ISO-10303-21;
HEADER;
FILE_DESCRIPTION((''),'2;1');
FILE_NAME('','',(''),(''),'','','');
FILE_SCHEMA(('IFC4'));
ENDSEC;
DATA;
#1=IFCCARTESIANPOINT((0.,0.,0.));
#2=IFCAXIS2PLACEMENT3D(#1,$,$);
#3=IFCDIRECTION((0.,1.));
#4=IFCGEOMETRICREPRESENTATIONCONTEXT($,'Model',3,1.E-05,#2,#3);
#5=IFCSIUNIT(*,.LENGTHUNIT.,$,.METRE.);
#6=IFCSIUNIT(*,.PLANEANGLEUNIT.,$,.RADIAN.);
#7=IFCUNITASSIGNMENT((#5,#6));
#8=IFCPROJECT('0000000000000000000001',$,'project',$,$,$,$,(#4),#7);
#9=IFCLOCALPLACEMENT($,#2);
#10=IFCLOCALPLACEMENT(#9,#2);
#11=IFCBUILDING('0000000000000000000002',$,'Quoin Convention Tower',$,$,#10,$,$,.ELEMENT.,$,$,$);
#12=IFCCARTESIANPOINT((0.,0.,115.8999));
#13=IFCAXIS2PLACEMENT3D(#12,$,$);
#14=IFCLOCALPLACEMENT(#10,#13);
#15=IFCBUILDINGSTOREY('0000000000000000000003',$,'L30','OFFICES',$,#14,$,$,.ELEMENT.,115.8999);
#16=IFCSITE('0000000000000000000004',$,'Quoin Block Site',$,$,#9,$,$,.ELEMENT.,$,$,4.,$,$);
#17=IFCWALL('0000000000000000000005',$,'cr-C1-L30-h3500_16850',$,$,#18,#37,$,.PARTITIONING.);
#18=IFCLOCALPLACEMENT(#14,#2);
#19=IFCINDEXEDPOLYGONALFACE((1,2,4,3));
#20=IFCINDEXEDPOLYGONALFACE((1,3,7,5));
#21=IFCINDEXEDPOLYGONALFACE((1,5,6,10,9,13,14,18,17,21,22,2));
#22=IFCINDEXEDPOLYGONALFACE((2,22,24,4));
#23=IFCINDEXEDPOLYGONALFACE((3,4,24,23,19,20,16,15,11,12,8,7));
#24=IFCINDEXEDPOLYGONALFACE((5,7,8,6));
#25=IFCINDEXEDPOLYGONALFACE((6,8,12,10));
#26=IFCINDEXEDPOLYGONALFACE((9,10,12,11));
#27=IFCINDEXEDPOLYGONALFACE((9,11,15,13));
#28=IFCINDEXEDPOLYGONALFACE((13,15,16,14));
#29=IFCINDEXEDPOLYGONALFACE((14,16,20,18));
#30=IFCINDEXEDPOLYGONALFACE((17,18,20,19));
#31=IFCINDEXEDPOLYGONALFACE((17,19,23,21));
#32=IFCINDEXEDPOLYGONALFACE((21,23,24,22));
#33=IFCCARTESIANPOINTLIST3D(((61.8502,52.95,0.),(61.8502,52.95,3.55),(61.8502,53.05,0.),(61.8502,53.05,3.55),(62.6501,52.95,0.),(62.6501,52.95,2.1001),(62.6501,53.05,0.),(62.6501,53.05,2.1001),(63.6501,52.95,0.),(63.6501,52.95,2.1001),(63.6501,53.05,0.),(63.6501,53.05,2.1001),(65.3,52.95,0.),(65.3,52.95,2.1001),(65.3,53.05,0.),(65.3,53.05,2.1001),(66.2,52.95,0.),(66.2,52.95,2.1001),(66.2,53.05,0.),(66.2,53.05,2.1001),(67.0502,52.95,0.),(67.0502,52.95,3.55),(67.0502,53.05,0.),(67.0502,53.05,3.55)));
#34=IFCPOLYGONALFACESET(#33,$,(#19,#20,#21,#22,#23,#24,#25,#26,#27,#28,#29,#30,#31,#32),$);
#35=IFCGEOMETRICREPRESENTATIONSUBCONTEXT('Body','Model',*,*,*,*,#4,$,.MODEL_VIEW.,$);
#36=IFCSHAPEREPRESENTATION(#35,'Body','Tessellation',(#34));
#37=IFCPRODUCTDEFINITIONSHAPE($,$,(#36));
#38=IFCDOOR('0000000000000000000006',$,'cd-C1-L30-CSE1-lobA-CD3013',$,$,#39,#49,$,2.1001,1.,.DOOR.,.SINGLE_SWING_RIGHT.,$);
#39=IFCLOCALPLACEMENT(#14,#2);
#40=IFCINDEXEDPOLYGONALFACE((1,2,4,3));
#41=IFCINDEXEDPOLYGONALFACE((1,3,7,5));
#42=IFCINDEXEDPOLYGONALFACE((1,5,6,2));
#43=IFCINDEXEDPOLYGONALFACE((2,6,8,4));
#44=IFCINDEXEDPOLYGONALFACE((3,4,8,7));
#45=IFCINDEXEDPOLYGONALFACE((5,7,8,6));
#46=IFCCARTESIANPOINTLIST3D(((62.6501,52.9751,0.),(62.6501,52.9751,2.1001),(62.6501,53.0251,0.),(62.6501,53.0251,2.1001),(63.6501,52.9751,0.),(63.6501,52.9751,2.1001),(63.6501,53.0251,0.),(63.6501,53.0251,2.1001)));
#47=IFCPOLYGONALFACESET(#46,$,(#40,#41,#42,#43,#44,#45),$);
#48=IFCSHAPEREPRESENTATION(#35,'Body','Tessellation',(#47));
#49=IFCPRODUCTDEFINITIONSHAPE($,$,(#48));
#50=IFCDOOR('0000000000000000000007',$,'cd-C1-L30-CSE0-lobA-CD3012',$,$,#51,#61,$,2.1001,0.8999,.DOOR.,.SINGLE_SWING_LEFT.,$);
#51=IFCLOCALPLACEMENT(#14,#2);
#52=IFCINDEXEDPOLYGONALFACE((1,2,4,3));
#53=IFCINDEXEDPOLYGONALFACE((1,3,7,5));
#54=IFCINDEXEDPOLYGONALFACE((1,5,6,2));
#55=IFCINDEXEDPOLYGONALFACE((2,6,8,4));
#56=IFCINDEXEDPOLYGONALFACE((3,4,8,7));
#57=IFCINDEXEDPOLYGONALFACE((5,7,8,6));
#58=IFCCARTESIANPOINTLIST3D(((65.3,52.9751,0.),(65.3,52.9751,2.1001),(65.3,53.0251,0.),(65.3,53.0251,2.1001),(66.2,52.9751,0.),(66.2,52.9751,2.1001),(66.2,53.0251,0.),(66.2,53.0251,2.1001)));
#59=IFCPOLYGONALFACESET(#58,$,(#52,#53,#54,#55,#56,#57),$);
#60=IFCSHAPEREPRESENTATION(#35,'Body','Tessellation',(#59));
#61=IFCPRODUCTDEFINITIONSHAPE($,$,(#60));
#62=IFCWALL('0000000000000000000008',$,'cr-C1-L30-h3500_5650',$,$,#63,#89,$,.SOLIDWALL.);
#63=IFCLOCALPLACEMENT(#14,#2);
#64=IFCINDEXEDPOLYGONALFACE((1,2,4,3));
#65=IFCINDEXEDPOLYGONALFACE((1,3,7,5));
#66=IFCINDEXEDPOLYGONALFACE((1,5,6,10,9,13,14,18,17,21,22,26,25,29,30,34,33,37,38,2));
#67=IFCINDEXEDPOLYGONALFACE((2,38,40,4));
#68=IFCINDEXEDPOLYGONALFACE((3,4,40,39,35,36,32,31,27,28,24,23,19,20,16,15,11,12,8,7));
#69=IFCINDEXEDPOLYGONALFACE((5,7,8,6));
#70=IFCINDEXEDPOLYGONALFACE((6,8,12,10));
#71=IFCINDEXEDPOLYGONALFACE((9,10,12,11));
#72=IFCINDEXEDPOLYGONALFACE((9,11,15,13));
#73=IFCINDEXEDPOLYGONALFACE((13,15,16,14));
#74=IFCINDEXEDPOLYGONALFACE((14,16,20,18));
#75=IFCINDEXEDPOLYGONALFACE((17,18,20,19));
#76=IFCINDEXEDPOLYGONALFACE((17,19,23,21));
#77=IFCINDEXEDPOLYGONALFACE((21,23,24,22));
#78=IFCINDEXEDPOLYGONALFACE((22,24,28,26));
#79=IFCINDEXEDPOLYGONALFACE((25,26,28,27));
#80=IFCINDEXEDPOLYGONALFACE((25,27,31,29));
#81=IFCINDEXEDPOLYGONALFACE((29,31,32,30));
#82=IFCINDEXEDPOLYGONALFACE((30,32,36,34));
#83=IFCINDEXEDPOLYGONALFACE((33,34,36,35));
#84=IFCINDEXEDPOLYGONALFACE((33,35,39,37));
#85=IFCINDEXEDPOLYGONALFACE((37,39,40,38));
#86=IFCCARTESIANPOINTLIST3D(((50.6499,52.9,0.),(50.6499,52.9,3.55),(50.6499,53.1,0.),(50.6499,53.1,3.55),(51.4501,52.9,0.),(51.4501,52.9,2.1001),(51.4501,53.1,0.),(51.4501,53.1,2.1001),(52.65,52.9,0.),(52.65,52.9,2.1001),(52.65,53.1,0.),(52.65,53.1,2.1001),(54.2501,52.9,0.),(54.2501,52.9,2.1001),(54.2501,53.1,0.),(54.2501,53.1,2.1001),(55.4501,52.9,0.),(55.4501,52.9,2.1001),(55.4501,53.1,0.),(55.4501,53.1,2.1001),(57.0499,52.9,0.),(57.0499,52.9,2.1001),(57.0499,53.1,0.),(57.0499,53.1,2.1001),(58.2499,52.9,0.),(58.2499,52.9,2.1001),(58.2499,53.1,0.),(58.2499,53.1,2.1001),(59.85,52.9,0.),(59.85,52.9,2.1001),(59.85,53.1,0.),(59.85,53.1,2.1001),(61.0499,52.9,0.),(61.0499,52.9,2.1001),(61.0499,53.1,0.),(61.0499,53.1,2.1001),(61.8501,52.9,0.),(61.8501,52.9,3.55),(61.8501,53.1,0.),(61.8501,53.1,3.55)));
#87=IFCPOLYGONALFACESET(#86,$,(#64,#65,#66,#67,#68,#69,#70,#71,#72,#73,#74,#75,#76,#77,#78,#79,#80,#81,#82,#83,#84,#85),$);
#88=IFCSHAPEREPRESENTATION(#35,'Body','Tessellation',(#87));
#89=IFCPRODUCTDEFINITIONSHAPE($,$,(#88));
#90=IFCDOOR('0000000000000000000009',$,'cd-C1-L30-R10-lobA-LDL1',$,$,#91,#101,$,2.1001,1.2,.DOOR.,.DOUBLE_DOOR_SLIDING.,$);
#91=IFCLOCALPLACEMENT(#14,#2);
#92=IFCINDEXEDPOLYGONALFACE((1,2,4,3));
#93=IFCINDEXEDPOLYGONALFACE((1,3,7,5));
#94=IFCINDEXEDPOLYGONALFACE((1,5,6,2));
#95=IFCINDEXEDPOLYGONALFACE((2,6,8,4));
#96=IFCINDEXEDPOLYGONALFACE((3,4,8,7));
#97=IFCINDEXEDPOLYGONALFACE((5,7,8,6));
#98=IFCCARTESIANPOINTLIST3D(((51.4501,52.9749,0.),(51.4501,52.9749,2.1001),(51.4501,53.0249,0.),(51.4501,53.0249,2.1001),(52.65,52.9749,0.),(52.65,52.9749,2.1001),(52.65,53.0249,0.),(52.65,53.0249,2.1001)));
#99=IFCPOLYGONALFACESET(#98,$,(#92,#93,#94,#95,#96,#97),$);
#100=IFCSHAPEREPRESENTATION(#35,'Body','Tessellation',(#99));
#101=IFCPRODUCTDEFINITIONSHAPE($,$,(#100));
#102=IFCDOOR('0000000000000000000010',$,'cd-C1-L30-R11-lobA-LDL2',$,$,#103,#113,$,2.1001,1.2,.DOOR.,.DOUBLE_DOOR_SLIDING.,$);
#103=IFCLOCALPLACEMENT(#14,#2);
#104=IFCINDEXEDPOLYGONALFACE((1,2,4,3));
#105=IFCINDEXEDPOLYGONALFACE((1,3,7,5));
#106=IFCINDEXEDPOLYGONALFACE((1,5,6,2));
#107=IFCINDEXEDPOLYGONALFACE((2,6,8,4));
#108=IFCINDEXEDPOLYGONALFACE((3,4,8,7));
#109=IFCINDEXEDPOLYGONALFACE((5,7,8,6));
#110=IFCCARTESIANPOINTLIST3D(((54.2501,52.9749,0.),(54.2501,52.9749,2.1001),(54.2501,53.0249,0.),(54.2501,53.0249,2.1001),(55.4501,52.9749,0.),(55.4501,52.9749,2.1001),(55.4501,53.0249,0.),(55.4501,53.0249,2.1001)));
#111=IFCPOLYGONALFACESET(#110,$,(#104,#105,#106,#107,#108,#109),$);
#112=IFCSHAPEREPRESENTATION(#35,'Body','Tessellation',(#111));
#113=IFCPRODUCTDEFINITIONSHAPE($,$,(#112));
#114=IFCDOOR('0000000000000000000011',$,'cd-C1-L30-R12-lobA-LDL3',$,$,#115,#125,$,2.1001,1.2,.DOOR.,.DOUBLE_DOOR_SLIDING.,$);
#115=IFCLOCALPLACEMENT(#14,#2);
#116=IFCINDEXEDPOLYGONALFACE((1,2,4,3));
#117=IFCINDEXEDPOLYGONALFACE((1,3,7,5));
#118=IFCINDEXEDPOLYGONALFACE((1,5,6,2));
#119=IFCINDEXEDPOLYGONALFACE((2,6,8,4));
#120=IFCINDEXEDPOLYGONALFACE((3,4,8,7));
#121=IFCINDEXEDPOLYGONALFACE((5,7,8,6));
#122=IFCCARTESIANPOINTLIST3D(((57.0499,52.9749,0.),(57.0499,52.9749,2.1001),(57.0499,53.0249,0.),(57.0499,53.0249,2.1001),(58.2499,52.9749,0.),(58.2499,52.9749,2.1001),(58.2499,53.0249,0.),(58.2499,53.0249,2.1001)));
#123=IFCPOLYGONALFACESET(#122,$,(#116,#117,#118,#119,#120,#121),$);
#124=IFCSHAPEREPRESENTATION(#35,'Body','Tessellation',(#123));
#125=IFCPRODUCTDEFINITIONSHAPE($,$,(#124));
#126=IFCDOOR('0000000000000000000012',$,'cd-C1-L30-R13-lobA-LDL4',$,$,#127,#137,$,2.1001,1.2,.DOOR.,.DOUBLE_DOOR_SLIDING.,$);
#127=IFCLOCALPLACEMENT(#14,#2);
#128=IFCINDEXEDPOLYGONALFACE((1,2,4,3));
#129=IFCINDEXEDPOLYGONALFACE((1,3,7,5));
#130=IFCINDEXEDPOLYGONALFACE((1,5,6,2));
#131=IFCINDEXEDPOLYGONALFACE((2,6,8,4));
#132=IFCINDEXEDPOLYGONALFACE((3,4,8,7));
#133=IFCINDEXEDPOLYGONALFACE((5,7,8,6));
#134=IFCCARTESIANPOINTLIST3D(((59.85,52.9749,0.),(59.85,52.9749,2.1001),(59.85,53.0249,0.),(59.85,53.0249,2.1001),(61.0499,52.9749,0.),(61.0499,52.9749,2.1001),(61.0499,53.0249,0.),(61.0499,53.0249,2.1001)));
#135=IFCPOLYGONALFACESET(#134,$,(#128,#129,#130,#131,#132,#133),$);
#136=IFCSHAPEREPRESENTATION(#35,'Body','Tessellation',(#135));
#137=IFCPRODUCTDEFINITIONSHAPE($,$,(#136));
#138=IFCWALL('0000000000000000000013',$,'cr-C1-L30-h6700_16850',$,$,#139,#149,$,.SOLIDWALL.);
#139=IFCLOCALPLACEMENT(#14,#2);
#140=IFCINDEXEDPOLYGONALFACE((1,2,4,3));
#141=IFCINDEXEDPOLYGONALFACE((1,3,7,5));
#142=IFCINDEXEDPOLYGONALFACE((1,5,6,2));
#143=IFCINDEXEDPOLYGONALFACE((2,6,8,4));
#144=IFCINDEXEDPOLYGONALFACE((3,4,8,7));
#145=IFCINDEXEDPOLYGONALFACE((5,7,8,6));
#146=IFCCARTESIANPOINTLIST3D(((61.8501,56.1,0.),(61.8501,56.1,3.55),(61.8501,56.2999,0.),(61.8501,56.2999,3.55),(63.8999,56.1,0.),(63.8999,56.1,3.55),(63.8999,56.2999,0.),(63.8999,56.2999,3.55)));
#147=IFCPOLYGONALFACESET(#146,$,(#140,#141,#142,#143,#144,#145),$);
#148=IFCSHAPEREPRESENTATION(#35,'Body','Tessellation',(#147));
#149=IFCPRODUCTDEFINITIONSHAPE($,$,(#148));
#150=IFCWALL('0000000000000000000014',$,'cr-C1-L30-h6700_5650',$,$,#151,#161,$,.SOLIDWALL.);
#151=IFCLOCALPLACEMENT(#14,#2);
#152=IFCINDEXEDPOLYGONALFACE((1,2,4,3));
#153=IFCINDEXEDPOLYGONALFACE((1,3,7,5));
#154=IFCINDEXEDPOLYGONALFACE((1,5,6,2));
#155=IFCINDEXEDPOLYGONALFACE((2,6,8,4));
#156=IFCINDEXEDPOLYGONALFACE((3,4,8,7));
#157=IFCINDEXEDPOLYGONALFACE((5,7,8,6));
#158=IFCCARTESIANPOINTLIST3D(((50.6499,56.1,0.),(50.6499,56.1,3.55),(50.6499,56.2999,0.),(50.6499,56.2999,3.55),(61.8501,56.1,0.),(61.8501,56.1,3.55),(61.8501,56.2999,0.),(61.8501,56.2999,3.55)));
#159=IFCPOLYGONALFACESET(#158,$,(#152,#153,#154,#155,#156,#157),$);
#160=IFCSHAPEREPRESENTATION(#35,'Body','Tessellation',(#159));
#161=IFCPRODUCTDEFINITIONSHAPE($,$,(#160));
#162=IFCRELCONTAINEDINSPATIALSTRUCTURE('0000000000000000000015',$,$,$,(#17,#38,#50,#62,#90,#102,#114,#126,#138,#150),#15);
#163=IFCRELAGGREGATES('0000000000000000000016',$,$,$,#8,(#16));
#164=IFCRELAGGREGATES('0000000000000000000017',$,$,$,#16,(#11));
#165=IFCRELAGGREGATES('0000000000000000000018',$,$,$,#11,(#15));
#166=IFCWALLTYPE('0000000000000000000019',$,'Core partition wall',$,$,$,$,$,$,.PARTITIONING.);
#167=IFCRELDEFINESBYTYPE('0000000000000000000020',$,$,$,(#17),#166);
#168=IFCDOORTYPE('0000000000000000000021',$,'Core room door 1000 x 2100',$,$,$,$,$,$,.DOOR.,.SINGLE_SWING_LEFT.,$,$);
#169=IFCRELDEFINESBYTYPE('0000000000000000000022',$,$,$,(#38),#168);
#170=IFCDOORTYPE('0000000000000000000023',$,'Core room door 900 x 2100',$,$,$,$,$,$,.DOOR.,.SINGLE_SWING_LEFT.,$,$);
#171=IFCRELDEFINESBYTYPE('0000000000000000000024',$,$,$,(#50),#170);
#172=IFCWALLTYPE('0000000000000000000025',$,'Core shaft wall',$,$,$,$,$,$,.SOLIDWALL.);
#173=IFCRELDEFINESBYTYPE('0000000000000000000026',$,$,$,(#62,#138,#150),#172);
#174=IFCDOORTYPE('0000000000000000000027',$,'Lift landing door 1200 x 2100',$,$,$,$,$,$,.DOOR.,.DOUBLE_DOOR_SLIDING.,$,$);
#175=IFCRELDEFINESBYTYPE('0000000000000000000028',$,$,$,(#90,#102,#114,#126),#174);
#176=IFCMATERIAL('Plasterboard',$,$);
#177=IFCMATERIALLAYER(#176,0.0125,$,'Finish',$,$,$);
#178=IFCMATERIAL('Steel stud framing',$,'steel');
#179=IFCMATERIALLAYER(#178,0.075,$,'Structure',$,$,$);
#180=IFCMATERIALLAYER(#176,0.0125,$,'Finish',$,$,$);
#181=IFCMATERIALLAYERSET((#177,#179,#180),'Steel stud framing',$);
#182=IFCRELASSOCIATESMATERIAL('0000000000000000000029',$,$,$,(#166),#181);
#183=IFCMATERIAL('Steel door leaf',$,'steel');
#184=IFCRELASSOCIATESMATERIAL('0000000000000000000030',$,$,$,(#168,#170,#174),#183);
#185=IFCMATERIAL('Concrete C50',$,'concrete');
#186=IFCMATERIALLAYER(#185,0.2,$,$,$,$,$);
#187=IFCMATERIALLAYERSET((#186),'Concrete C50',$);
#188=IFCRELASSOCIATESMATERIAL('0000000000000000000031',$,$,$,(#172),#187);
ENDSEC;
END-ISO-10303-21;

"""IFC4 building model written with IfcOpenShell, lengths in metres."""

from ifc_helpers import new_model, si_unit, direction, frame, frame_2d, origin, place, context, subcontext, project, spatial, rectangle, extrude, material, layer, layer_set, type_object, element, fill, save


model = new_model("IFC4")

# Units and contexts
model_context = context("Model", 3, precision=1e-05, world=origin(), true_north=direction((0.0, 1.0)))
body_context = subcontext(model_context, "Body", "Model", "MODEL_VIEW")
ifc_project = project(units=[si_unit("LENGTHUNIT", "METRE"), si_unit("PLANEANGLEUNIT", "RADIAN")], contexts=[model_context])

# Site, building, storey
site_placement = place(None, origin())
site = spatial("IfcSite", under=ifc_project, at=site_placement, Name="Quoin Block Site", CompositionType="ELEMENT", RefElevation=4.0)
building_placement = place(site_placement, origin())
building = spatial("IfcBuilding", under=site, at=building_placement, Name="Quoin Convention Tower", CompositionType="ELEMENT")
storey_placement = place(building_placement, frame((0.0, 0.0, 115.8999)))
storey = spatial("IfcBuildingStorey", under=building, at=storey_placement, Name="L30", Description="OFFICES", CompositionType="ELEMENT", Elevation=115.8999)

# Walls, openings, doors
ifc_material_1 = material(Name="Plasterboard")
ifc_layer_1 = layer(ifc_material_1, 0.0125, Name="Finish")
ifc_material_2 = material(Name="Steel stud framing", Category="steel")
ifc_layer_2 = layer(ifc_material_2, 0.075, Name="Structure")
ifc_layer_3 = layer(ifc_material_1, 0.0125, Name="Finish")
ifc_layer_set_1 = layer_set([ifc_layer_1, ifc_layer_2, ifc_layer_3], Name="Steel stud framing")
wall_type_1 = type_object("IfcWallType", Name="Core partition wall", PredefinedType="PARTITIONING", material=ifc_layer_set_1)
wall_1_placement = place(storey_placement, frame((61.8501, 53.0, 0.0), z_axis=(0.0, 0.0, 1.0), x_axis=(1.0, 0.0, 0.0)))
wall_1 = element("IfcWall", 1, at=wall_1_placement, inside=storey, type_object=wall_type_1, Name="cr-C1-L30-h3500_16850", PredefinedType="PARTITIONING", context=body_context, shape_type="SweptSolid", body=[
    extrude(rectangle(XDim=5.2, YDim=0.1001, at=frame_2d((2.6001, 0.0))), origin(), (0.0, 0.0, 1.0), 3.55),
])
opening_1_placement = place(wall_1_placement, frame((3.45, 0.0, 0.0)))
opening_1 = element("IfcOpeningElement", 2, at=opening_1_placement, cuts=wall_1, PredefinedType="OPENING", context=body_context, shape_type="SweptSolid", body=[
    extrude(rectangle(XDim=0.8999, YDim=2.1001, at=frame_2d((0.45, 1.05))), frame((0.0, 0.0601, 0.0), z_axis=(0.0, -1.0, 0.0), x_axis=(1.0, 0.0, 0.0)), (0.0, 0.0, 1.0), 0.1201),
])
opening_2_placement = place(wall_1_placement, frame((0.8, 0.0, 0.0)))
opening_2 = element("IfcOpeningElement", 3, at=opening_2_placement, cuts=wall_1, PredefinedType="OPENING", context=body_context, shape_type="SweptSolid", body=[
    extrude(rectangle(XDim=1.0, YDim=2.1001, at=frame_2d((0.5, 1.05))), frame((0.0, 0.0601, 0.0), z_axis=(0.0, -1.0, 0.0), x_axis=(1.0, 0.0, 0.0)), (0.0, 0.0, 1.0), 0.1201),
])
ifc_material_3 = material(Name="Steel door leaf", Category="steel")
door_type_1 = type_object("IfcDoorType", Name="Core room door 1000 x 2100", OperationType="SINGLE_SWING_LEFT", PredefinedType="DOOR", material=ifc_material_3)
door_1_placement = place(opening_2_placement, frame((1.0, 0.0, 0.0), z_axis=(0.0, 0.0, 1.0), x_axis=(-1.0, 0.0, 0.0)))
door_1 = element("IfcDoor", 4, at=door_1_placement, inside=storey, type_object=door_type_1, Name="cd-C1-L30-CSE1-lobA-CD3013", OperationType="SINGLE_SWING_RIGHT", OverallHeight=2.1001, OverallWidth=1.0, PredefinedType="DOOR", context=body_context, shape_type="SweptSolid", body=[
    extrude(rectangle(XDim=1.0, YDim=2.1001, at=frame_2d((0.5, 1.05))), frame((0.0, 0.0249, 0.0), z_axis=(0.0, -1.0, 0.0), x_axis=(1.0, 0.0, 0.0)), (0.0, 0.0, 1.0), 0.05),
])
fill(opening_2, door_1)
door_type_2 = type_object("IfcDoorType", Name="Core room door 900 x 2100", OperationType="SINGLE_SWING_LEFT", PredefinedType="DOOR", material=ifc_material_3)
door_2_placement = place(opening_1_placement, frame((0.8999, 0.0, 0.0), z_axis=(0.0, 0.0, 1.0), x_axis=(-1.0, 0.0, 0.0)))
door_2 = element("IfcDoor", 5, at=door_2_placement, inside=storey, type_object=door_type_2, Name="cd-C1-L30-CSE0-lobA-CD3012", OperationType="SINGLE_SWING_LEFT", OverallHeight=2.1001, OverallWidth=0.8999, PredefinedType="DOOR", context=body_context, shape_type="SweptSolid", body=[
    extrude(rectangle(XDim=0.8999, YDim=2.1001, at=frame_2d((0.45, 1.05))), frame((0.0, 0.0249, 0.0), z_axis=(0.0, -1.0, 0.0), x_axis=(1.0, 0.0, 0.0)), (0.0, 0.0, 1.0), 0.05),
])
fill(opening_1, door_2)
ifc_material_4 = material(Name="Concrete C50", Category="concrete")
ifc_layer_4 = layer(ifc_material_4, 0.2)
ifc_layer_set_2 = layer_set([ifc_layer_4], Name="Concrete C50")
wall_type_2 = type_object("IfcWallType", Name="Core shaft wall", PredefinedType="SOLIDWALL", material=ifc_layer_set_2)
wall_2_placement = place(storey_placement, frame((50.6499, 53.0, 0.0), z_axis=(0.0, 0.0, 1.0), x_axis=(1.0, 0.0, 0.0)))
wall_2 = element("IfcWall", 6, at=wall_2_placement, inside=storey, type_object=wall_type_2, Name="cr-C1-L30-h3500_5650", PredefinedType="SOLIDWALL", context=body_context, shape_type="SweptSolid", body=[
    extrude(rectangle(XDim=11.2002, YDim=0.2, at=frame_2d((5.6001, 0.0))), origin(), (0.0, 0.0, 1.0), 3.55),
])
opening_3_placement = place(wall_2_placement, frame((0.8, 0.0, 0.0)))
opening_3 = element("IfcOpeningElement", 7, at=opening_3_placement, cuts=wall_2, PredefinedType="OPENING", context=body_context, shape_type="SweptSolid", body=[
    extrude(rectangle(XDim=1.2, YDim=2.1001, at=frame_2d((0.6001, 1.05))), frame((0.0, 0.1099, 0.0), z_axis=(0.0, -1.0, 0.0), x_axis=(1.0, 0.0, 0.0)), (0.0, 0.0, 1.0), 0.22),
])
opening_4_placement = place(wall_2_placement, frame((3.6001, 0.0, 0.0)))
opening_4 = element("IfcOpeningElement", 8, at=opening_4_placement, cuts=wall_2, PredefinedType="OPENING", context=body_context, shape_type="SweptSolid", body=[
    extrude(rectangle(XDim=1.2, YDim=2.1001, at=frame_2d((0.6001, 1.05))), frame((0.0, 0.1099, 0.0), z_axis=(0.0, -1.0, 0.0), x_axis=(1.0, 0.0, 0.0)), (0.0, 0.0, 1.0), 0.22),
])
opening_5_placement = place(wall_2_placement, frame((6.3999, 0.0, 0.0)))
opening_5 = element("IfcOpeningElement", 9, at=opening_5_placement, cuts=wall_2, PredefinedType="OPENING", context=body_context, shape_type="SweptSolid", body=[
    extrude(rectangle(XDim=1.2, YDim=2.1001, at=frame_2d((0.6001, 1.05))), frame((0.0, 0.1099, 0.0), z_axis=(0.0, -1.0, 0.0), x_axis=(1.0, 0.0, 0.0)), (0.0, 0.0, 1.0), 0.22),
])
opening_6_placement = place(wall_2_placement, frame((9.2, 0.0, 0.0)))
opening_6 = element("IfcOpeningElement", 10, at=opening_6_placement, cuts=wall_2, PredefinedType="OPENING", context=body_context, shape_type="SweptSolid", body=[
    extrude(rectangle(XDim=1.2, YDim=2.1001, at=frame_2d((0.6001, 1.05))), frame((0.0, 0.1099, 0.0), z_axis=(0.0, -1.0, 0.0), x_axis=(1.0, 0.0, 0.0)), (0.0, 0.0, 1.0), 0.22),
])
door_type_3 = type_object("IfcDoorType", Name="Lift landing door 1200 x 2100", OperationType="DOUBLE_DOOR_SLIDING", PredefinedType="DOOR", material=ifc_material_3)
door_3_placement = place(opening_3_placement, origin())
door_3 = element("IfcDoor", 11, at=door_3_placement, inside=storey, type_object=door_type_3, Name="cd-C1-L30-R10-lobA-LDL1", OperationType="DOUBLE_DOOR_SLIDING", OverallHeight=2.1001, OverallWidth=1.2, PredefinedType="DOOR", context=body_context, shape_type="SweptSolid", body=[
    extrude(rectangle(XDim=1.2, YDim=2.1001, at=frame_2d((0.6001, 1.05))), frame((0.0, 0.0249, 0.0), z_axis=(0.0, -1.0, 0.0), x_axis=(1.0, 0.0, 0.0)), (0.0, 0.0, 1.0), 0.05),
])
fill(opening_3, door_3)
door_4_placement = place(opening_4_placement, origin())
door_4 = element("IfcDoor", 12, at=door_4_placement, inside=storey, type_object=door_type_3, Name="cd-C1-L30-R11-lobA-LDL2", OperationType="DOUBLE_DOOR_SLIDING", OverallHeight=2.1001, OverallWidth=1.2, PredefinedType="DOOR", context=body_context, shape_type="SweptSolid", body=[
    extrude(rectangle(XDim=1.2, YDim=2.1001, at=frame_2d((0.6001, 1.05))), frame((0.0, 0.0249, 0.0), z_axis=(0.0, -1.0, 0.0), x_axis=(1.0, 0.0, 0.0)), (0.0, 0.0, 1.0), 0.05),
])
fill(opening_4, door_4)
door_5_placement = place(opening_5_placement, origin())
door_5 = element("IfcDoor", 13, at=door_5_placement, inside=storey, type_object=door_type_3, Name="cd-C1-L30-R12-lobA-LDL3", OperationType="DOUBLE_DOOR_SLIDING", OverallHeight=2.1001, OverallWidth=1.2, PredefinedType="DOOR", context=body_context, shape_type="SweptSolid", body=[
    extrude(rectangle(XDim=1.2, YDim=2.1001, at=frame_2d((0.6001, 1.05))), frame((0.0, 0.0249, 0.0), z_axis=(0.0, -1.0, 0.0), x_axis=(1.0, 0.0, 0.0)), (0.0, 0.0, 1.0), 0.05),
])
fill(opening_5, door_5)
door_6_placement = place(opening_6_placement, origin())
door_6 = element("IfcDoor", 14, at=door_6_placement, inside=storey, type_object=door_type_3, Name="cd-C1-L30-R13-lobA-LDL4", OperationType="DOUBLE_DOOR_SLIDING", OverallHeight=2.1001, OverallWidth=1.2, PredefinedType="DOOR", context=body_context, shape_type="SweptSolid", body=[
    extrude(rectangle(XDim=1.2, YDim=2.1001, at=frame_2d((0.6001, 1.05))), frame((0.0, 0.0249, 0.0), z_axis=(0.0, -1.0, 0.0), x_axis=(1.0, 0.0, 0.0)), (0.0, 0.0, 1.0), 0.05),
])
fill(opening_6, door_6)

# Walls
wall_3_placement = place(storey_placement, frame((61.8501, 56.2, 0.0), z_axis=(0.0, 0.0, 1.0), x_axis=(1.0, 0.0, 0.0)))
element("IfcWall", 15, at=wall_3_placement, inside=storey, type_object=wall_type_2, Name="cr-C1-L30-h6700_16850", PredefinedType="SOLIDWALL", context=body_context, shape_type="SweptSolid", body=[
    extrude(rectangle(XDim=2.0498, YDim=0.2, at=frame_2d((1.0249, 0.0))), origin(), (0.0, 0.0, 1.0), 3.55),
])
wall_4_placement = place(storey_placement, frame((50.6499, 56.2, 0.0), z_axis=(0.0, 0.0, 1.0), x_axis=(1.0, 0.0, 0.0)))
element("IfcWall", 16, at=wall_4_placement, inside=storey, type_object=wall_type_2, Name="cr-C1-L30-h6700_5650", PredefinedType="SOLIDWALL", context=body_context, shape_type="SweptSolid", body=[
    extrude(rectangle(XDim=11.2002, YDim=0.2, at=frame_2d((5.6001, 0.0))), origin(), (0.0, 0.0, 1.0), 3.55),
])

save(model, "model.ifc")
